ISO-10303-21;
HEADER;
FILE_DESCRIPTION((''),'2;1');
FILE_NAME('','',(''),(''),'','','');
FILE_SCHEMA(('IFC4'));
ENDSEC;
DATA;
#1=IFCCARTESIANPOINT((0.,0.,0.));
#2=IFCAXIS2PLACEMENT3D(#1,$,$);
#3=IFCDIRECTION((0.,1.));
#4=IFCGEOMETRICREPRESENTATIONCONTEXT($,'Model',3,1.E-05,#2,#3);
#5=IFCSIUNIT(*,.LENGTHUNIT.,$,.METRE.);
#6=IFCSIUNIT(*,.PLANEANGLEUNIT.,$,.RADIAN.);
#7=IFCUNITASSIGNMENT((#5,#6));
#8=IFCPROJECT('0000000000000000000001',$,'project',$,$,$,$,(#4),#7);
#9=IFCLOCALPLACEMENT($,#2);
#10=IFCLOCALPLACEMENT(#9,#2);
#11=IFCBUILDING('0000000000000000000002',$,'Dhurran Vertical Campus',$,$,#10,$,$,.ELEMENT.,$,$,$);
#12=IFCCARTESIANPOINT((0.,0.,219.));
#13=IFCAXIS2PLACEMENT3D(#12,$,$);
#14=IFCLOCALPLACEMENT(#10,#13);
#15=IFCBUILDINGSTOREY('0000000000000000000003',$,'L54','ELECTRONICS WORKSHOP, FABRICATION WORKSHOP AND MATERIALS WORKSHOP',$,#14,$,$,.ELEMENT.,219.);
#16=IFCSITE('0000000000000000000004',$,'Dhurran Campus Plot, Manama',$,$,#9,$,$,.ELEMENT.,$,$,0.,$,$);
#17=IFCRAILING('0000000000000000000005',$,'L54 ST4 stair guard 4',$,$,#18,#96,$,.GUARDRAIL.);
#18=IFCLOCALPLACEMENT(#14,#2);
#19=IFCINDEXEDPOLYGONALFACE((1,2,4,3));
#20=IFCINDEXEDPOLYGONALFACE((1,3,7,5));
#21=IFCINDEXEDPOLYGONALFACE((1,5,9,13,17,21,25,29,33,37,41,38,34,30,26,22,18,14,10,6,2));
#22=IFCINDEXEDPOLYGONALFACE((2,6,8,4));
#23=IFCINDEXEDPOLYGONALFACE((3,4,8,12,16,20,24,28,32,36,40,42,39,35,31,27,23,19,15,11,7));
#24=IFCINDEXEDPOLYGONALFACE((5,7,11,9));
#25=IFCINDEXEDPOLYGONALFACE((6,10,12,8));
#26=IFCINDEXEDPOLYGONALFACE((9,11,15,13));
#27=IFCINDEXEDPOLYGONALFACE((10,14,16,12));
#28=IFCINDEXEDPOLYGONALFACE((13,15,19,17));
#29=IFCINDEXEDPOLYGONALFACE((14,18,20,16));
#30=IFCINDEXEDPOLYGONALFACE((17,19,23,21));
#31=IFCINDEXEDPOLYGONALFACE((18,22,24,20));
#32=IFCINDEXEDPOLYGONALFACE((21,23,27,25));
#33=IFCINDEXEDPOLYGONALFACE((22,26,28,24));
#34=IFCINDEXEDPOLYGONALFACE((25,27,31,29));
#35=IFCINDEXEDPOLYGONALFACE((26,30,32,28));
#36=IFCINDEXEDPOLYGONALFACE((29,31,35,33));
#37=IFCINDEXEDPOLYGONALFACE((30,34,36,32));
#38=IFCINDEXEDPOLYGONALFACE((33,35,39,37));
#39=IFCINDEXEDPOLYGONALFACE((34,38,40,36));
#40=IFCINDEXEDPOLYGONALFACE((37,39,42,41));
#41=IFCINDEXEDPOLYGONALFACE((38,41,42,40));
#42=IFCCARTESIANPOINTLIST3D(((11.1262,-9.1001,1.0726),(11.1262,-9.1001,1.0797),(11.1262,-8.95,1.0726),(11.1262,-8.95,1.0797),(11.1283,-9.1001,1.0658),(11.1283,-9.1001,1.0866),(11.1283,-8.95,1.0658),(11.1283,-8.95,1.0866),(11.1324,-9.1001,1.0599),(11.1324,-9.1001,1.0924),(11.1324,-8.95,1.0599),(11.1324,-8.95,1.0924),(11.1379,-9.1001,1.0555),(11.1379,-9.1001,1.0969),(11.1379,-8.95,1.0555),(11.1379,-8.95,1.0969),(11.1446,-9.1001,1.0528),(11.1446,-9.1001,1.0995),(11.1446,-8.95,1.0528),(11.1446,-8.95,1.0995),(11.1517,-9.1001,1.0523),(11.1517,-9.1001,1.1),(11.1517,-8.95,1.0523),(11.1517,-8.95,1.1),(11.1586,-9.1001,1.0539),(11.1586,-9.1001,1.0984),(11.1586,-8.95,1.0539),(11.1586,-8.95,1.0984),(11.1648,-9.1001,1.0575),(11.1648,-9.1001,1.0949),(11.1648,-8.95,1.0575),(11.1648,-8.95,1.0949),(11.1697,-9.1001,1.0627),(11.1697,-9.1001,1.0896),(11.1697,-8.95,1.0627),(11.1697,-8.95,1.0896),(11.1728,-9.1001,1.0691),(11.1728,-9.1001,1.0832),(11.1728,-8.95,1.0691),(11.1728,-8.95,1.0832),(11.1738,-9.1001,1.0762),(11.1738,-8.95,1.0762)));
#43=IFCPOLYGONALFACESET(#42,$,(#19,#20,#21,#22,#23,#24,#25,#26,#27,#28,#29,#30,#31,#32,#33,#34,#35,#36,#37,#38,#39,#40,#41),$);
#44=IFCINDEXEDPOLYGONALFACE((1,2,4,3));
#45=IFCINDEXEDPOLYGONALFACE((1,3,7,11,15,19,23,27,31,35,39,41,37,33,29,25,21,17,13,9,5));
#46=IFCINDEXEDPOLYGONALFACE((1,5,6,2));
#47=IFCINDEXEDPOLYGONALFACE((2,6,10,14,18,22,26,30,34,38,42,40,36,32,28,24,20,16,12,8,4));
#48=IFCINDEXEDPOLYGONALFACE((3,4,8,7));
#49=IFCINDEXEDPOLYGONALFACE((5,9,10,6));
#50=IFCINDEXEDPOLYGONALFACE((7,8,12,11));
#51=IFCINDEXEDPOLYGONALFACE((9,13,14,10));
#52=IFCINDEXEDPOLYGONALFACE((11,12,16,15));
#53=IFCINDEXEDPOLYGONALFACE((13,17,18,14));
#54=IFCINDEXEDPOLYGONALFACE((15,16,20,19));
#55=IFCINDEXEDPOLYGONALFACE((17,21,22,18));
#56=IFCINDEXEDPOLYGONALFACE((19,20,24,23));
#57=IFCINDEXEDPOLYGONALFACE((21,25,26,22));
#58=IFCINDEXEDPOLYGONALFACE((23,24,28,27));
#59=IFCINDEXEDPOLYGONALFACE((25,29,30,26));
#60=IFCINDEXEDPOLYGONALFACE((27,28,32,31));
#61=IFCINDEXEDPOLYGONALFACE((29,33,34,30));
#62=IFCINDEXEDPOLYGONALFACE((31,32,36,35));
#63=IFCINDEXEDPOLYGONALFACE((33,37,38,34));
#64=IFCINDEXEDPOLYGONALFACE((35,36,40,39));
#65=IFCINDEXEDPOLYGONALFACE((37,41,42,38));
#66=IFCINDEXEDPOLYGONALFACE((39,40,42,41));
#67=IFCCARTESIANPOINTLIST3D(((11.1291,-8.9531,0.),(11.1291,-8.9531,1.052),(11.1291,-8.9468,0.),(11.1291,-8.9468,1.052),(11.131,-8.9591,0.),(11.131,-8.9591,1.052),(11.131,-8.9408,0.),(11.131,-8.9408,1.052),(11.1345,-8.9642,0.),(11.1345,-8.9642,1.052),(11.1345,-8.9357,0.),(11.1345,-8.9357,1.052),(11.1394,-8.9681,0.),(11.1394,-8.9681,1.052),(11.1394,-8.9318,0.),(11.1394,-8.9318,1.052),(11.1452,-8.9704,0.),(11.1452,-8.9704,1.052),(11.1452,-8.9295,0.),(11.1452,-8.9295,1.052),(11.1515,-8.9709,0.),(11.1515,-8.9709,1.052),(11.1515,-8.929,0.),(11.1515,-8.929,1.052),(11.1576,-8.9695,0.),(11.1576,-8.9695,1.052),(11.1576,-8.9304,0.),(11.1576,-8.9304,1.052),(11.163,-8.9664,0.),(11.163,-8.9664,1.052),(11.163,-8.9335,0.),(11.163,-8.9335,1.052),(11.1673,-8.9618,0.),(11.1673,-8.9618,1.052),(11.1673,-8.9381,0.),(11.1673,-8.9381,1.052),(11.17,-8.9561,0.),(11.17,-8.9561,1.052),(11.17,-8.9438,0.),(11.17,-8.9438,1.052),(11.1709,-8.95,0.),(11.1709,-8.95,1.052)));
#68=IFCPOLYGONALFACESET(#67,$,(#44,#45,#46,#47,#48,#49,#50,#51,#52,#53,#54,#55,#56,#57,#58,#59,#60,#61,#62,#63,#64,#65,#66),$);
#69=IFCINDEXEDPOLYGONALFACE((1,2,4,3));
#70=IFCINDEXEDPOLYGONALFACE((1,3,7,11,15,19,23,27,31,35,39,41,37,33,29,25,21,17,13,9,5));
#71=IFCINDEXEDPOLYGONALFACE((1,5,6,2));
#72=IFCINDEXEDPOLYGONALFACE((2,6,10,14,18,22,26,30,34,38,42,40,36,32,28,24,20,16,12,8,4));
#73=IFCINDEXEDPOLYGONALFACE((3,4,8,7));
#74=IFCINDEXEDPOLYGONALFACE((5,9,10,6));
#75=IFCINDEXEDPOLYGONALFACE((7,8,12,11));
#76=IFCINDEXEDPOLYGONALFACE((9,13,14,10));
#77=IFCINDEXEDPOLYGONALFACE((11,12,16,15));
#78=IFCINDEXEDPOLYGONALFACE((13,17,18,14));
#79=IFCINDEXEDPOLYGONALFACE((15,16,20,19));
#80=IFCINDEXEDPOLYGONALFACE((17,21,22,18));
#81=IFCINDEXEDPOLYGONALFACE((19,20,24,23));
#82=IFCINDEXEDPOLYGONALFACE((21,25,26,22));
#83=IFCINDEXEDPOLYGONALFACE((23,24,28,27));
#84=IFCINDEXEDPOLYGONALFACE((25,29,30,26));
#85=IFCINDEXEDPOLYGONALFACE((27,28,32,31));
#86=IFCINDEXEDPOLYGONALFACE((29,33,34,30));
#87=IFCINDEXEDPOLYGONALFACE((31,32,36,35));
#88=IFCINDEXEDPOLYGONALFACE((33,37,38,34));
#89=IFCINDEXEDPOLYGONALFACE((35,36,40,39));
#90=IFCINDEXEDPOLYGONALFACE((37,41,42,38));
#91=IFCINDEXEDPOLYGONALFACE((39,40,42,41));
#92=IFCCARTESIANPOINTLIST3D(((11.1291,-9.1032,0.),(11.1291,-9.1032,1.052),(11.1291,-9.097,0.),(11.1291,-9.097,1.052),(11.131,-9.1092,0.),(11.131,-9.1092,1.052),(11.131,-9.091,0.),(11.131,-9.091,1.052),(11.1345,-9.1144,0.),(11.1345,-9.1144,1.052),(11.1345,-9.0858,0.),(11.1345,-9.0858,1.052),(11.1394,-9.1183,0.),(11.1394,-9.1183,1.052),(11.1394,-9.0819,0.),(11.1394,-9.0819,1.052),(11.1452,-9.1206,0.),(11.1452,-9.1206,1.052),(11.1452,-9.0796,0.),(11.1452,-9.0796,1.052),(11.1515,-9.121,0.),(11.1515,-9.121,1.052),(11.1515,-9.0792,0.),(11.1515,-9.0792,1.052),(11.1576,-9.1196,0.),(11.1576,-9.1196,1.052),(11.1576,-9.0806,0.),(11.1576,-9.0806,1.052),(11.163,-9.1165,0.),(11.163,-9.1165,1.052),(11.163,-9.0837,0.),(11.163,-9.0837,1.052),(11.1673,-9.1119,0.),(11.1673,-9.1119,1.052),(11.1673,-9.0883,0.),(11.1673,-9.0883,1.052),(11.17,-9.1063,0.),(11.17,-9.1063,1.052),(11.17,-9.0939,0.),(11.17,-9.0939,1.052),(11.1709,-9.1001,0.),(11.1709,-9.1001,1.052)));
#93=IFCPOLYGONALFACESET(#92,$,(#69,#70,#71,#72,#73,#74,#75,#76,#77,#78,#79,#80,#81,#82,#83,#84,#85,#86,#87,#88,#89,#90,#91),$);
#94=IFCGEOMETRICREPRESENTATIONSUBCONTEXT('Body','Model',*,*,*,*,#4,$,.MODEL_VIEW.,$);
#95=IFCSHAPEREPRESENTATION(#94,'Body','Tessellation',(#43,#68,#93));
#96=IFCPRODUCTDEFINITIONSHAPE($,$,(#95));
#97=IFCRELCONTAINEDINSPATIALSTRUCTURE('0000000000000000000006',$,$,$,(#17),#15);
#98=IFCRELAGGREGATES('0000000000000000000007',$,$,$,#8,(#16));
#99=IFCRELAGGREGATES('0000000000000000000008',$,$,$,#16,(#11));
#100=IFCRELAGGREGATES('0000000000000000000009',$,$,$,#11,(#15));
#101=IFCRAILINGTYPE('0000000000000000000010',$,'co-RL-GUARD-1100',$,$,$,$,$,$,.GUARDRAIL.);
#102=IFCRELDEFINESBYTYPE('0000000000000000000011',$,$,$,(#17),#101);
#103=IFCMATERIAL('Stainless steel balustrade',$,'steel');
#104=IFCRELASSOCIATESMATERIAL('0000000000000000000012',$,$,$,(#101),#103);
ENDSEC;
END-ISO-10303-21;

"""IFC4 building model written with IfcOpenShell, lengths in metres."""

from ifc_helpers import new_model, si_unit, direction, frame, origin, origin_2d, place, context, subcontext, project, spatial, circle, extrude, material, type_object, element, save


model = new_model("IFC4")

# Units and contexts
model_context = context("Model", 3, precision=1e-05, world=origin(), true_north=direction((0.0, 1.0)))
body_context = subcontext(model_context, "Body", "Model", "MODEL_VIEW")
ifc_project = project(units=[si_unit("LENGTHUNIT", "METRE"), si_unit("PLANEANGLEUNIT", "RADIAN")], contexts=[model_context])

# Site, building, storey
site_placement = place(None, origin())
site = spatial("IfcSite", under=ifc_project, at=site_placement, Name="Dhurran Campus Plot, Manama", CompositionType="ELEMENT", RefElevation=0.0)
building_placement = place(site_placement, origin())
building = spatial("IfcBuilding", under=site, at=building_placement, Name="Dhurran Vertical Campus", CompositionType="ELEMENT")
storey_placement = place(building_placement, frame((0.0, 0.0, 219.0)))
storey = spatial("IfcBuildingStorey", under=building, at=storey_placement, Name="L54", Description="ELECTRONICS WORKSHOP, FABRICATION WORKSHOP AND MATERIALS WORKSHOP", CompositionType="ELEMENT", Elevation=219.0)

# Railing
ifc_material_1 = material(Name="Stainless steel balustrade", Category="steel")
railing_type = type_object("IfcRailingType", Name="co-RL-GUARD-1100", PredefinedType="GUARDRAIL", material=ifc_material_1)
railing_placement = place(storey_placement, frame((11.1499, -8.95, 0.0)))
element("IfcRailing", 1, at=railing_placement, inside=storey, type_object=railing_type, Name="L54 ST4 stair guard 4", PredefinedType="GUARDRAIL", context=body_context, shape_type="SweptSolid", body=[
    extrude(circle(Radius=0.0239, at=origin_2d()), frame((0.0, 0.0, 1.0762), z_axis=(0.0, -1.0, 0.0), x_axis=(1.0, 0.0, 0.0)), (0.0, 0.0, 1.0), 0.1501),
    extrude(circle(Radius=0.021, at=origin_2d()), origin(), (0.0, 0.0, 1.0), 1.052),
    extrude(circle(Radius=0.021, at=origin_2d()), frame((0.0, -0.1501, 0.0)), (0.0, 0.0, 1.0), 1.052),
])

save(model, "model.ifc")
